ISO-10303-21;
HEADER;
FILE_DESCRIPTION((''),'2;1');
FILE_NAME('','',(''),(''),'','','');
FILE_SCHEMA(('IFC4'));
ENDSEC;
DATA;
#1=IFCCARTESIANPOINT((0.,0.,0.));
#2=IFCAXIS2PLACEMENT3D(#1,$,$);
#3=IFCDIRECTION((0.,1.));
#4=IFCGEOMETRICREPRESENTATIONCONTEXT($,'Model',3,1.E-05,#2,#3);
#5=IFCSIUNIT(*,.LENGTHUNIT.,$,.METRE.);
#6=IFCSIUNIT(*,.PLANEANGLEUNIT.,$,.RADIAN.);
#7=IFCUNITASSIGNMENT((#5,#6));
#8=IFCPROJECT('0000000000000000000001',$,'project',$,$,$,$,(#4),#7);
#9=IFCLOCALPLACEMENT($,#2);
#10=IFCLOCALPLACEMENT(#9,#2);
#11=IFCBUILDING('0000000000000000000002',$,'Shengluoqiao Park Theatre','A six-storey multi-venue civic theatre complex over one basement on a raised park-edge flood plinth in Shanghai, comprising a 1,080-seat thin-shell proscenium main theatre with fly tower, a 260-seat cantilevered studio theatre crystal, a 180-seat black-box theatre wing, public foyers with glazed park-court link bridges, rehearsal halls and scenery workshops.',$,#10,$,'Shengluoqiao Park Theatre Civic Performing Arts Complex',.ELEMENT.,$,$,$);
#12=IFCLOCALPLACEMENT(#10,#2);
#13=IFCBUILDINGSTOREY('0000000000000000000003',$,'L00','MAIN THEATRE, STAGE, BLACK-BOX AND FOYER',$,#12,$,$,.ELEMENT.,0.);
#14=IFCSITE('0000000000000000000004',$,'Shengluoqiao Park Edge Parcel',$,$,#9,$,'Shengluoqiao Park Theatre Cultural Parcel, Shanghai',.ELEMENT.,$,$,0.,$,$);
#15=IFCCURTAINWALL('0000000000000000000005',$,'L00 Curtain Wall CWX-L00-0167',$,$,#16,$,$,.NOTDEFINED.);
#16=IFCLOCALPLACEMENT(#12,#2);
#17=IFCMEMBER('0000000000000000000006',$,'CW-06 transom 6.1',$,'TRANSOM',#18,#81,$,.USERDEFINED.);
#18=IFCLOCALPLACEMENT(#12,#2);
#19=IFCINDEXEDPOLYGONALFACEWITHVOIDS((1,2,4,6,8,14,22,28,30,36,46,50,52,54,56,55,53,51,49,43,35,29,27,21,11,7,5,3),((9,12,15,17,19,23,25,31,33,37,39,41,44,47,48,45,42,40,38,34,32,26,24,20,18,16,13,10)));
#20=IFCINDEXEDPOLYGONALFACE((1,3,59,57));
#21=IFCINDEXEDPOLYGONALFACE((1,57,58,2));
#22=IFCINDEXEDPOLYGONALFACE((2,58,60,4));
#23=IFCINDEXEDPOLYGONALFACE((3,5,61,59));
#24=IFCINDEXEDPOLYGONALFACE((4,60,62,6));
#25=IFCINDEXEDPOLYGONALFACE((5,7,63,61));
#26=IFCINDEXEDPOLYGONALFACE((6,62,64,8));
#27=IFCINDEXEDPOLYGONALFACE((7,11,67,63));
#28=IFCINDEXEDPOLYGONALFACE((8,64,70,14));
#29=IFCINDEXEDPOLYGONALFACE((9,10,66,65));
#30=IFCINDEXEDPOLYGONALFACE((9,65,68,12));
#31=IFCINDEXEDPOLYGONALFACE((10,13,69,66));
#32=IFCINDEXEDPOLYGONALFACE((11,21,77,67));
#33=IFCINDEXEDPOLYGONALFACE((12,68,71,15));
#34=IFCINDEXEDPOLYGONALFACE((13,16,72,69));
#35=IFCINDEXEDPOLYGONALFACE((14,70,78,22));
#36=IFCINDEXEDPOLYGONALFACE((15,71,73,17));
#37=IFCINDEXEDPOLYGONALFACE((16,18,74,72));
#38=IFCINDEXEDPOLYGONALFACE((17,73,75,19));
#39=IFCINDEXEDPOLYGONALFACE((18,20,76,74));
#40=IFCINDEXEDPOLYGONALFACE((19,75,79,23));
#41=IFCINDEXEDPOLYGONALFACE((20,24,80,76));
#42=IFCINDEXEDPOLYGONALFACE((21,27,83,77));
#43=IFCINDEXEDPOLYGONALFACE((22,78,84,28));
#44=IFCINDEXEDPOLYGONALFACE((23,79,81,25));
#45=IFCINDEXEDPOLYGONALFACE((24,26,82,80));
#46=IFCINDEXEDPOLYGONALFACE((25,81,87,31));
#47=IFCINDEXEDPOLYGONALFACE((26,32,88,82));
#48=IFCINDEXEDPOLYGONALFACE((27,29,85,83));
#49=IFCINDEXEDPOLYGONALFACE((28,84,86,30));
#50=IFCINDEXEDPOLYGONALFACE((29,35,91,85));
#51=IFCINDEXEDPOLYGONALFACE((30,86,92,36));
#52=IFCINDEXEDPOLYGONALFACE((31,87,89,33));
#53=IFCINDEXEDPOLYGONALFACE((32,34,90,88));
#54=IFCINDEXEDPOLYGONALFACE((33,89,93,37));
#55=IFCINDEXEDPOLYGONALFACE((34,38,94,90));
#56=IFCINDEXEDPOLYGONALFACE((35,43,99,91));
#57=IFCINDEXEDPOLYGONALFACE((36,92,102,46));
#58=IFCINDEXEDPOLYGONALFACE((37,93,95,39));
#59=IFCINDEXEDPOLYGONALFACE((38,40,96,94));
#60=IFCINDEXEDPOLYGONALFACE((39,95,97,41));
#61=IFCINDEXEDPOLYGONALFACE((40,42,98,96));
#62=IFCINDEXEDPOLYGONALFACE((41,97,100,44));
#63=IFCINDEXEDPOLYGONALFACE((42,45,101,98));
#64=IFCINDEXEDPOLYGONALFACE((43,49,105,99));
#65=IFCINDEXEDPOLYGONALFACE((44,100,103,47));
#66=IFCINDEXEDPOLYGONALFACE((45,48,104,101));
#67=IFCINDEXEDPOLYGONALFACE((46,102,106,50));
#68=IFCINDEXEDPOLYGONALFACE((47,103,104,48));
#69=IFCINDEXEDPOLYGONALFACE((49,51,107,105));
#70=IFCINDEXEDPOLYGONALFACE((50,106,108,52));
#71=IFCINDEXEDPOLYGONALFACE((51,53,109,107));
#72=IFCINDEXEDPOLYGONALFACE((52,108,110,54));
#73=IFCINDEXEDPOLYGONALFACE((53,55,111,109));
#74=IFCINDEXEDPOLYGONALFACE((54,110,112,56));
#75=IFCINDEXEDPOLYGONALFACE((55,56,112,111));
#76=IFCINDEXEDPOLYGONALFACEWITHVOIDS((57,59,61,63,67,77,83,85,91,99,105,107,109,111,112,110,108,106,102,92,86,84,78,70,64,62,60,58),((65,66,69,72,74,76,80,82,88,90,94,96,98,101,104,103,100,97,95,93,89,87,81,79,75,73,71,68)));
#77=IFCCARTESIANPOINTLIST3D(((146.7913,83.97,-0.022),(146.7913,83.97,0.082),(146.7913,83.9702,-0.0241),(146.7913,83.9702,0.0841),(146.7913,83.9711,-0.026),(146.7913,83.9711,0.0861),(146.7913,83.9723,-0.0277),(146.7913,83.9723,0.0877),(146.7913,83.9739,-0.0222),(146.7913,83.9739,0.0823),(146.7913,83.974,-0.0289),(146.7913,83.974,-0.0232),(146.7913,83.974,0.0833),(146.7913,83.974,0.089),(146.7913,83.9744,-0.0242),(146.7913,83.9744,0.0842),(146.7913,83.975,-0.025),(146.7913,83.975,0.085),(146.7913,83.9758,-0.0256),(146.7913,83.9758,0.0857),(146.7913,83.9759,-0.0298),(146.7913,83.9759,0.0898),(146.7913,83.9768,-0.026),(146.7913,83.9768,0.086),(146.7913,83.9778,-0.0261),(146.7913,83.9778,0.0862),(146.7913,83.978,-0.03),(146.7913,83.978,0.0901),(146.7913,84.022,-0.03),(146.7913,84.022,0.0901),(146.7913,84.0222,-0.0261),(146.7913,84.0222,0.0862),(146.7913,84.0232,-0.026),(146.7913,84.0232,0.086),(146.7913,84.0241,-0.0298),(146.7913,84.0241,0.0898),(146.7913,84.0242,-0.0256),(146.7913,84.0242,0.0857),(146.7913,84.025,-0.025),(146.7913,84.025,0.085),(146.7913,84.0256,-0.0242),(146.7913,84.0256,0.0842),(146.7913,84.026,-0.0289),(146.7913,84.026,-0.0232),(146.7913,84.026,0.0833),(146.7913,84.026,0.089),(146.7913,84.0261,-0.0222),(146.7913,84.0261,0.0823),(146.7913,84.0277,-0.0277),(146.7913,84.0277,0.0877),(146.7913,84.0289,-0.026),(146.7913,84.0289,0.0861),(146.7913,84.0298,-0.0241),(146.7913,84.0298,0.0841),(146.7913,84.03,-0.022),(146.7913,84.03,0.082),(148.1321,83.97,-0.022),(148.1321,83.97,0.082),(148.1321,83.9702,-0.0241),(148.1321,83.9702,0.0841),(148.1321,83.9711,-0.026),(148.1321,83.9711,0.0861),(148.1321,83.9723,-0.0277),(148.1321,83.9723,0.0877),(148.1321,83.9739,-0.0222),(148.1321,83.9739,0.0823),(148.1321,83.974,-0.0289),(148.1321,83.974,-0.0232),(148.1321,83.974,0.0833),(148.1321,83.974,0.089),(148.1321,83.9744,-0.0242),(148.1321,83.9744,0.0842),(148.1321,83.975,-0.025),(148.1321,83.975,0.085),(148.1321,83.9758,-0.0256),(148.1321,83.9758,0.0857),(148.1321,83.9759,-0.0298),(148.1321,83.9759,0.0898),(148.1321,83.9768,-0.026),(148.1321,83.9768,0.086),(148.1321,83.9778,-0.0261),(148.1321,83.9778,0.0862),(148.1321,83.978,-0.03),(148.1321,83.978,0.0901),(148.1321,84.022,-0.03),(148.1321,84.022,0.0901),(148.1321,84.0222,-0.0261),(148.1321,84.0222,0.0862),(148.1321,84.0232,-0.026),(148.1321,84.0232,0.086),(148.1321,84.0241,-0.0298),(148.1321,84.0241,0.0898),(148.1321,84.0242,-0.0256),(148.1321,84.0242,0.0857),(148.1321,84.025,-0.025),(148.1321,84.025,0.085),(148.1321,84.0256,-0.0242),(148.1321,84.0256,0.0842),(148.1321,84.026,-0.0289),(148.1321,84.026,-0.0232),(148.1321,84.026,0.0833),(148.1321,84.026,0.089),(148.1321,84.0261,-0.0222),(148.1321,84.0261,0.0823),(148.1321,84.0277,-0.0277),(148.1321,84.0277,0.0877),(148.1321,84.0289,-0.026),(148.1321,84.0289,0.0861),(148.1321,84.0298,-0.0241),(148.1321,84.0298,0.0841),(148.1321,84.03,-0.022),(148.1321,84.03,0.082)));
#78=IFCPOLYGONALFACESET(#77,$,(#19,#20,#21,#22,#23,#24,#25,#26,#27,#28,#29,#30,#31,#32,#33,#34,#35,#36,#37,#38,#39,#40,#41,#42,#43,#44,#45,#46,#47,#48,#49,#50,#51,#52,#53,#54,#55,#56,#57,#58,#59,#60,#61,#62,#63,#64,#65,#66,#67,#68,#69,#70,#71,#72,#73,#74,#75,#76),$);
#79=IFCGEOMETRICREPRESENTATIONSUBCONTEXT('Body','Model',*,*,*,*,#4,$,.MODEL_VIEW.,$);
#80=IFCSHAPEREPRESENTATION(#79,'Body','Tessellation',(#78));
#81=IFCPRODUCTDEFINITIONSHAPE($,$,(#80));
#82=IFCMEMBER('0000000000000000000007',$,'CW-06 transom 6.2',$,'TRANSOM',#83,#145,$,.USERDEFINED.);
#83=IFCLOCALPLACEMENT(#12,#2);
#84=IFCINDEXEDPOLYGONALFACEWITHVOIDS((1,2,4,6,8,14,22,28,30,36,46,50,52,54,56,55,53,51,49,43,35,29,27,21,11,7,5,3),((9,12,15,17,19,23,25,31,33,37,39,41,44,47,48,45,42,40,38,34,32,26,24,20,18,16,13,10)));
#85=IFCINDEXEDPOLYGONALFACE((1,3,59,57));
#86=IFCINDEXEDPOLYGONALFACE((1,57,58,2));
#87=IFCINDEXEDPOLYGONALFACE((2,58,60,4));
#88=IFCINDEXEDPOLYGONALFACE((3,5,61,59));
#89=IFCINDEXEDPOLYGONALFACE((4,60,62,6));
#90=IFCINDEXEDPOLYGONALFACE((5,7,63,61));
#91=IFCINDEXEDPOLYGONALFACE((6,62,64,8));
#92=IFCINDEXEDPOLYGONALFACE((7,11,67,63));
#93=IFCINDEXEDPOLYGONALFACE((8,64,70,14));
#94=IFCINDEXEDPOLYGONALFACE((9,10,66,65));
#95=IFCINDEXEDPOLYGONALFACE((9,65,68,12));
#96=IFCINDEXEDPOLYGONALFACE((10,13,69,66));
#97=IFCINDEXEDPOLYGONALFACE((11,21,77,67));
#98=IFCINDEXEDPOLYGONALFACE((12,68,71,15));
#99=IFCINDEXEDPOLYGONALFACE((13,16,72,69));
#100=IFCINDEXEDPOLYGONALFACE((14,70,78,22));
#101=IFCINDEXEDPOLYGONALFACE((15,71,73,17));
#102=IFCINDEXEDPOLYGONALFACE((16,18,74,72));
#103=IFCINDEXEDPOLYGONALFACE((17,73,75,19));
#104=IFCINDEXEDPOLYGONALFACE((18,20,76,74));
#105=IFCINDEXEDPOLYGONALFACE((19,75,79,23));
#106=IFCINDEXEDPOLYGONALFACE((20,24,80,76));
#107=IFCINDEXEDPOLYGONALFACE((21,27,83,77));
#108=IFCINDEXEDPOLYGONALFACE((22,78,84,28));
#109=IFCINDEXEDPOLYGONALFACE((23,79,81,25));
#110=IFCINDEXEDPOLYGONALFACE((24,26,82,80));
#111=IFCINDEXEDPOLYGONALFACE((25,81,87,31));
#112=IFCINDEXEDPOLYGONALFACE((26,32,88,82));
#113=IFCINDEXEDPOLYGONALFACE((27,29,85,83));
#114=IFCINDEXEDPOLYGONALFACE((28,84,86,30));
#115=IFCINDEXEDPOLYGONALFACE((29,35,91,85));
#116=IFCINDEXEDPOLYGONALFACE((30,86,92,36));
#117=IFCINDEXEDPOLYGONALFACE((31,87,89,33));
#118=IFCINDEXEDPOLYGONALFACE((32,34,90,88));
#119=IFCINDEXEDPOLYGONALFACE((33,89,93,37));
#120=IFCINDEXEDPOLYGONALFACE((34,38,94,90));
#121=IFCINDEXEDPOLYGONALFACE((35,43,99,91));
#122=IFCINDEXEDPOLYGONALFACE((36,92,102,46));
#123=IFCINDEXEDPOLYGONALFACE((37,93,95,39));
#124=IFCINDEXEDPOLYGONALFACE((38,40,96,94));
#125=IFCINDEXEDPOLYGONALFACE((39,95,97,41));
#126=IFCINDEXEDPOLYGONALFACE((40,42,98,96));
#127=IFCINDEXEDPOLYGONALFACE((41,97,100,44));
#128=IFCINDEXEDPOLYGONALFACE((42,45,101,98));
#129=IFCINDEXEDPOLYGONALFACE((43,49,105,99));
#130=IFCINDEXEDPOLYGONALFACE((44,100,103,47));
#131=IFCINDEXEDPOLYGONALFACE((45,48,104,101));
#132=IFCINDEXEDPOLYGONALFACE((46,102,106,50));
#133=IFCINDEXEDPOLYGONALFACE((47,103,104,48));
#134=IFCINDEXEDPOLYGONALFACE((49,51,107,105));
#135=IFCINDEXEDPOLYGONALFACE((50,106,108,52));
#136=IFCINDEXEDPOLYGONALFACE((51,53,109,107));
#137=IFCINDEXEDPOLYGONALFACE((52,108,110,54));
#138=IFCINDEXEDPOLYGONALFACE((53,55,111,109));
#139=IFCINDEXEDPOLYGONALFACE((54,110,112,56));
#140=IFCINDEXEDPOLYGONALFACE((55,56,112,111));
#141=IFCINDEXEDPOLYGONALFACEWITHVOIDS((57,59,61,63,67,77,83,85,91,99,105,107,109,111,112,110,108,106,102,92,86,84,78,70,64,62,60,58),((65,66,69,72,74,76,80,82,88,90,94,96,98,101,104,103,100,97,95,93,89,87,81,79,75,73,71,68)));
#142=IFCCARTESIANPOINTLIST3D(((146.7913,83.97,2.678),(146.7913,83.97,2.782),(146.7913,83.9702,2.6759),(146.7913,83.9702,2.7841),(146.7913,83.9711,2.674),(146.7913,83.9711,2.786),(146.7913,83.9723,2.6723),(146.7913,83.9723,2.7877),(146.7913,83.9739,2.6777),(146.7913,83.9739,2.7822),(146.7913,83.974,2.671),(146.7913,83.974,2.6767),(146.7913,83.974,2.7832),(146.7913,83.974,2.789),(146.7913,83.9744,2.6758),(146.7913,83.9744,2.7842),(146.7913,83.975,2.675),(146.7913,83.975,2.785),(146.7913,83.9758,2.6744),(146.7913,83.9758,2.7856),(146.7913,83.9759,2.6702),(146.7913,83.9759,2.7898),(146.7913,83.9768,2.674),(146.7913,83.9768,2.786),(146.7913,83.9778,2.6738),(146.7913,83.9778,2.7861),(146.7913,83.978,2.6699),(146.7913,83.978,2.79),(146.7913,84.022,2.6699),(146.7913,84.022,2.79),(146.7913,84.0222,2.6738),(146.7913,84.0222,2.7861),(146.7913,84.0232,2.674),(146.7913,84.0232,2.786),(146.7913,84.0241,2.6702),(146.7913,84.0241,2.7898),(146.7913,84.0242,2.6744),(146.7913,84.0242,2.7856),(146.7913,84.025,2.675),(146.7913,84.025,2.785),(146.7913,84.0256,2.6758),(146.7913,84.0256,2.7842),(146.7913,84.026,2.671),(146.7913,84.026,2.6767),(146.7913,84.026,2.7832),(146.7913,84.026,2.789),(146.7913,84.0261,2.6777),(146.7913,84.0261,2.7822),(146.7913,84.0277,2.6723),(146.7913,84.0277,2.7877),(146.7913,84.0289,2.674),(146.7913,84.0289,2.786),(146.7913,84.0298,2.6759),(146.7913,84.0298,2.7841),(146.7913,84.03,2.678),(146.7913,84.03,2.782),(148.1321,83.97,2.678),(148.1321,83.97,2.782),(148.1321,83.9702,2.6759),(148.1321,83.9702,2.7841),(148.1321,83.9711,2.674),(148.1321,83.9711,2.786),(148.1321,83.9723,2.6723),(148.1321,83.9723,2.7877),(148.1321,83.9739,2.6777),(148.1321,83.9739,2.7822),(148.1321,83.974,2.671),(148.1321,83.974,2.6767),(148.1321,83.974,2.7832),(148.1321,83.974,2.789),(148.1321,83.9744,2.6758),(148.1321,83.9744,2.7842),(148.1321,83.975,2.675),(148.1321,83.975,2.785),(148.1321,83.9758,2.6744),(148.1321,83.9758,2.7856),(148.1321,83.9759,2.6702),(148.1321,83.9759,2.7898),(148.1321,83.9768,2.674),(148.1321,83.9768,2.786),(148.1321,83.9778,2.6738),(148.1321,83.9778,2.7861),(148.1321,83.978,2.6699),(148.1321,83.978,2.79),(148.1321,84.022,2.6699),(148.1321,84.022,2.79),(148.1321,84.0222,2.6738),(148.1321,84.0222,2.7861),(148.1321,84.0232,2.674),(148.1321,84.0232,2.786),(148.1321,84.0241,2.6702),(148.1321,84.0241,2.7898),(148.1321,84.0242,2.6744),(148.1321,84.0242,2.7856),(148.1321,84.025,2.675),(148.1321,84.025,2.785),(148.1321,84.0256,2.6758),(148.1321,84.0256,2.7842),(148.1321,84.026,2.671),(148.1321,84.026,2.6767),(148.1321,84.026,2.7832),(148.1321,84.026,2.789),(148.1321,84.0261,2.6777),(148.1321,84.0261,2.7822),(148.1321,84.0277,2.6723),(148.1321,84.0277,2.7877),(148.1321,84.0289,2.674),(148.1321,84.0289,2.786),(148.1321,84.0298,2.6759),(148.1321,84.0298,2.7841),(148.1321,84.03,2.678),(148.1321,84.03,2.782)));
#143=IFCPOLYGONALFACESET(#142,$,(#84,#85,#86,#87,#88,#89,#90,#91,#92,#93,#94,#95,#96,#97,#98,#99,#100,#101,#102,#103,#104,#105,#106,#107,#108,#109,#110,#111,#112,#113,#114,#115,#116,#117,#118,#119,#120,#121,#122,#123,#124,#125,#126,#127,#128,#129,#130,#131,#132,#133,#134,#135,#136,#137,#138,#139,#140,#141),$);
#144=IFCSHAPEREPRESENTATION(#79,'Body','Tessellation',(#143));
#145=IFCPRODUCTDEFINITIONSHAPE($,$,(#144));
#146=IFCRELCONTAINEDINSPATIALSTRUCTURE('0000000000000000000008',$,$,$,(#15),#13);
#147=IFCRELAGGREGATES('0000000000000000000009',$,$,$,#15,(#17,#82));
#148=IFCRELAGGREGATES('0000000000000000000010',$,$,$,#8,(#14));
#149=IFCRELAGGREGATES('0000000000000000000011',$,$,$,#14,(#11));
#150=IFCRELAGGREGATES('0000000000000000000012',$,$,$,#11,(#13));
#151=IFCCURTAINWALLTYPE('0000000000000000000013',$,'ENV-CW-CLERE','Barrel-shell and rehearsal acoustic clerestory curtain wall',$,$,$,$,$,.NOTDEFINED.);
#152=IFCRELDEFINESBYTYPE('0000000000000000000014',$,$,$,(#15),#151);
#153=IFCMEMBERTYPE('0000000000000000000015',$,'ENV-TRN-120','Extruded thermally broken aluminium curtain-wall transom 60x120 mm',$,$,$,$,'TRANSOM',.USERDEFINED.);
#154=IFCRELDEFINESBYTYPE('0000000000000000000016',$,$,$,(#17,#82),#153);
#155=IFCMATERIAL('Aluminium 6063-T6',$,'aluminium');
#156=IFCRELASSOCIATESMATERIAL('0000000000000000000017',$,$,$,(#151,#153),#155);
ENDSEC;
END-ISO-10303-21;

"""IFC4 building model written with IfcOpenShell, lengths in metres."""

from ifc_helpers import new_model, si_unit, direction, frame, origin, origin_2d, place, context, subcontext, project, spatial, hollow_rectangle, extrude, material, material_profile, profile_set, type_object, element, aggregate, save


model = new_model("IFC4")

# Units and contexts
model_context = context("Model", 3, precision=1e-05, world=origin(), true_north=direction((0.0, 1.0)))
body_context = subcontext(model_context, "Body", "Model", "MODEL_VIEW")
ifc_project = project(units=[si_unit("LENGTHUNIT", "METRE"), si_unit("PLANEANGLEUNIT", "RADIAN")], contexts=[model_context])

# Site, building, storey
site_placement = place(None, origin())
site = spatial("IfcSite", under=ifc_project, at=site_placement, Name="Shengluoqiao Park Edge Parcel", LongName="Shengluoqiao Park Theatre Cultural Parcel, Shanghai", CompositionType="ELEMENT", RefElevation=0.0)
building_placement = place(site_placement, origin())
building = spatial("IfcBuilding", under=site, at=building_placement, Name="Shengluoqiao Park Theatre", Description="A six-storey multi-venue civic theatre complex over one basement on a raised park-edge flood plinth in Shanghai, comprising a 1,080-seat thin-shell proscenium main theatre with fly tower, a 260-seat cantilevered studio theatre crystal, a 180-seat black-box theatre wing, public foyers with glazed park-court link bridges, rehearsal halls and scenery workshops.", LongName="Shengluoqiao Park Theatre Civic Performing Arts Complex", CompositionType="ELEMENT")
storey_placement = place(building_placement, origin())
storey = spatial("IfcBuildingStorey", under=building, at=storey_placement, Name="L00", Description="MAIN THEATRE, STAGE, BLACK-BOX AND FOYER", CompositionType="ELEMENT", Elevation=0.0)

# Curtain wall
ifc_material_1 = material(Name="Aluminium 6063-T6", Category="aluminium")
curtain_wall_type_1 = type_object("IfcCurtainWallType", Name="ENV-CW-CLERE", Description="Barrel-shell and rehearsal acoustic clerestory curtain wall", PredefinedType="NOTDEFINED", material=ifc_material_1)
curtain_wall_1_placement = place(storey_placement, origin())
curtain_wall_1 = element("IfcCurtainWall", 1, at=curtain_wall_1_placement, inside=storey, type_object=curtain_wall_type_1, Name="L00 Curtain Wall CWX-L00-0167", PredefinedType="NOTDEFINED")

# Members
ifc_material_profile_1 = material_profile(ifc_material_1, hollow_rectangle(XDim=0.0601, YDim=0.1201, WallThickness=0.0039, InnerFilletRadius=0.0039, OuterFilletRadius=0.0081, at=origin_2d()), Name="ALU TRANSOM 120x60x4")
ifc_profile_set_1 = profile_set([ifc_material_profile_1], Name="Aluminium 6063-T6")
member_type_1 = type_object("IfcMemberType", Name="ENV-TRN-120", Description="Extruded thermally broken aluminium curtain-wall transom 60x120 mm", ElementType="TRANSOM", PredefinedType="USERDEFINED", material=ifc_profile_set_1)
member_1_placement = place(storey_placement, frame((146.7913, 84.0, 0.03), z_axis=(1.0, 0.0, 0.0), x_axis=(0.0, 1.0, 0.0)))
member_1 = element("IfcMember", 2, at=member_1_placement, type_object=member_type_1, Name="CW-06 transom 6.1", ObjectType="TRANSOM", PredefinedType="USERDEFINED", context=body_context, shape_type="SweptSolid", body=[
    extrude(hollow_rectangle(XDim=0.0601, YDim=0.1201, WallThickness=0.0039, InnerFilletRadius=0.0039, OuterFilletRadius=0.0081, at=origin_2d()), origin(), (0.0, 0.0, 1.0), 1.3408),
])
member_2_placement = place(storey_placement, frame((146.7913, 84.0, 2.73), z_axis=(1.0, 0.0, 0.0), x_axis=(0.0, 1.0, 0.0)))
member_2 = element("IfcMember", 3, at=member_2_placement, type_object=member_type_1, Name="CW-06 transom 6.2", ObjectType="TRANSOM", PredefinedType="USERDEFINED", context=body_context, shape_type="SweptSolid", body=[
    extrude(hollow_rectangle(XDim=0.0601, YDim=0.1201, WallThickness=0.0039, InnerFilletRadius=0.0039, OuterFilletRadius=0.0081, at=origin_2d()), origin(), (0.0, 0.0, 1.0), 1.3408),
])

aggregate(curtain_wall_1, [member_1, member_2])

save(model, "model.ifc")
